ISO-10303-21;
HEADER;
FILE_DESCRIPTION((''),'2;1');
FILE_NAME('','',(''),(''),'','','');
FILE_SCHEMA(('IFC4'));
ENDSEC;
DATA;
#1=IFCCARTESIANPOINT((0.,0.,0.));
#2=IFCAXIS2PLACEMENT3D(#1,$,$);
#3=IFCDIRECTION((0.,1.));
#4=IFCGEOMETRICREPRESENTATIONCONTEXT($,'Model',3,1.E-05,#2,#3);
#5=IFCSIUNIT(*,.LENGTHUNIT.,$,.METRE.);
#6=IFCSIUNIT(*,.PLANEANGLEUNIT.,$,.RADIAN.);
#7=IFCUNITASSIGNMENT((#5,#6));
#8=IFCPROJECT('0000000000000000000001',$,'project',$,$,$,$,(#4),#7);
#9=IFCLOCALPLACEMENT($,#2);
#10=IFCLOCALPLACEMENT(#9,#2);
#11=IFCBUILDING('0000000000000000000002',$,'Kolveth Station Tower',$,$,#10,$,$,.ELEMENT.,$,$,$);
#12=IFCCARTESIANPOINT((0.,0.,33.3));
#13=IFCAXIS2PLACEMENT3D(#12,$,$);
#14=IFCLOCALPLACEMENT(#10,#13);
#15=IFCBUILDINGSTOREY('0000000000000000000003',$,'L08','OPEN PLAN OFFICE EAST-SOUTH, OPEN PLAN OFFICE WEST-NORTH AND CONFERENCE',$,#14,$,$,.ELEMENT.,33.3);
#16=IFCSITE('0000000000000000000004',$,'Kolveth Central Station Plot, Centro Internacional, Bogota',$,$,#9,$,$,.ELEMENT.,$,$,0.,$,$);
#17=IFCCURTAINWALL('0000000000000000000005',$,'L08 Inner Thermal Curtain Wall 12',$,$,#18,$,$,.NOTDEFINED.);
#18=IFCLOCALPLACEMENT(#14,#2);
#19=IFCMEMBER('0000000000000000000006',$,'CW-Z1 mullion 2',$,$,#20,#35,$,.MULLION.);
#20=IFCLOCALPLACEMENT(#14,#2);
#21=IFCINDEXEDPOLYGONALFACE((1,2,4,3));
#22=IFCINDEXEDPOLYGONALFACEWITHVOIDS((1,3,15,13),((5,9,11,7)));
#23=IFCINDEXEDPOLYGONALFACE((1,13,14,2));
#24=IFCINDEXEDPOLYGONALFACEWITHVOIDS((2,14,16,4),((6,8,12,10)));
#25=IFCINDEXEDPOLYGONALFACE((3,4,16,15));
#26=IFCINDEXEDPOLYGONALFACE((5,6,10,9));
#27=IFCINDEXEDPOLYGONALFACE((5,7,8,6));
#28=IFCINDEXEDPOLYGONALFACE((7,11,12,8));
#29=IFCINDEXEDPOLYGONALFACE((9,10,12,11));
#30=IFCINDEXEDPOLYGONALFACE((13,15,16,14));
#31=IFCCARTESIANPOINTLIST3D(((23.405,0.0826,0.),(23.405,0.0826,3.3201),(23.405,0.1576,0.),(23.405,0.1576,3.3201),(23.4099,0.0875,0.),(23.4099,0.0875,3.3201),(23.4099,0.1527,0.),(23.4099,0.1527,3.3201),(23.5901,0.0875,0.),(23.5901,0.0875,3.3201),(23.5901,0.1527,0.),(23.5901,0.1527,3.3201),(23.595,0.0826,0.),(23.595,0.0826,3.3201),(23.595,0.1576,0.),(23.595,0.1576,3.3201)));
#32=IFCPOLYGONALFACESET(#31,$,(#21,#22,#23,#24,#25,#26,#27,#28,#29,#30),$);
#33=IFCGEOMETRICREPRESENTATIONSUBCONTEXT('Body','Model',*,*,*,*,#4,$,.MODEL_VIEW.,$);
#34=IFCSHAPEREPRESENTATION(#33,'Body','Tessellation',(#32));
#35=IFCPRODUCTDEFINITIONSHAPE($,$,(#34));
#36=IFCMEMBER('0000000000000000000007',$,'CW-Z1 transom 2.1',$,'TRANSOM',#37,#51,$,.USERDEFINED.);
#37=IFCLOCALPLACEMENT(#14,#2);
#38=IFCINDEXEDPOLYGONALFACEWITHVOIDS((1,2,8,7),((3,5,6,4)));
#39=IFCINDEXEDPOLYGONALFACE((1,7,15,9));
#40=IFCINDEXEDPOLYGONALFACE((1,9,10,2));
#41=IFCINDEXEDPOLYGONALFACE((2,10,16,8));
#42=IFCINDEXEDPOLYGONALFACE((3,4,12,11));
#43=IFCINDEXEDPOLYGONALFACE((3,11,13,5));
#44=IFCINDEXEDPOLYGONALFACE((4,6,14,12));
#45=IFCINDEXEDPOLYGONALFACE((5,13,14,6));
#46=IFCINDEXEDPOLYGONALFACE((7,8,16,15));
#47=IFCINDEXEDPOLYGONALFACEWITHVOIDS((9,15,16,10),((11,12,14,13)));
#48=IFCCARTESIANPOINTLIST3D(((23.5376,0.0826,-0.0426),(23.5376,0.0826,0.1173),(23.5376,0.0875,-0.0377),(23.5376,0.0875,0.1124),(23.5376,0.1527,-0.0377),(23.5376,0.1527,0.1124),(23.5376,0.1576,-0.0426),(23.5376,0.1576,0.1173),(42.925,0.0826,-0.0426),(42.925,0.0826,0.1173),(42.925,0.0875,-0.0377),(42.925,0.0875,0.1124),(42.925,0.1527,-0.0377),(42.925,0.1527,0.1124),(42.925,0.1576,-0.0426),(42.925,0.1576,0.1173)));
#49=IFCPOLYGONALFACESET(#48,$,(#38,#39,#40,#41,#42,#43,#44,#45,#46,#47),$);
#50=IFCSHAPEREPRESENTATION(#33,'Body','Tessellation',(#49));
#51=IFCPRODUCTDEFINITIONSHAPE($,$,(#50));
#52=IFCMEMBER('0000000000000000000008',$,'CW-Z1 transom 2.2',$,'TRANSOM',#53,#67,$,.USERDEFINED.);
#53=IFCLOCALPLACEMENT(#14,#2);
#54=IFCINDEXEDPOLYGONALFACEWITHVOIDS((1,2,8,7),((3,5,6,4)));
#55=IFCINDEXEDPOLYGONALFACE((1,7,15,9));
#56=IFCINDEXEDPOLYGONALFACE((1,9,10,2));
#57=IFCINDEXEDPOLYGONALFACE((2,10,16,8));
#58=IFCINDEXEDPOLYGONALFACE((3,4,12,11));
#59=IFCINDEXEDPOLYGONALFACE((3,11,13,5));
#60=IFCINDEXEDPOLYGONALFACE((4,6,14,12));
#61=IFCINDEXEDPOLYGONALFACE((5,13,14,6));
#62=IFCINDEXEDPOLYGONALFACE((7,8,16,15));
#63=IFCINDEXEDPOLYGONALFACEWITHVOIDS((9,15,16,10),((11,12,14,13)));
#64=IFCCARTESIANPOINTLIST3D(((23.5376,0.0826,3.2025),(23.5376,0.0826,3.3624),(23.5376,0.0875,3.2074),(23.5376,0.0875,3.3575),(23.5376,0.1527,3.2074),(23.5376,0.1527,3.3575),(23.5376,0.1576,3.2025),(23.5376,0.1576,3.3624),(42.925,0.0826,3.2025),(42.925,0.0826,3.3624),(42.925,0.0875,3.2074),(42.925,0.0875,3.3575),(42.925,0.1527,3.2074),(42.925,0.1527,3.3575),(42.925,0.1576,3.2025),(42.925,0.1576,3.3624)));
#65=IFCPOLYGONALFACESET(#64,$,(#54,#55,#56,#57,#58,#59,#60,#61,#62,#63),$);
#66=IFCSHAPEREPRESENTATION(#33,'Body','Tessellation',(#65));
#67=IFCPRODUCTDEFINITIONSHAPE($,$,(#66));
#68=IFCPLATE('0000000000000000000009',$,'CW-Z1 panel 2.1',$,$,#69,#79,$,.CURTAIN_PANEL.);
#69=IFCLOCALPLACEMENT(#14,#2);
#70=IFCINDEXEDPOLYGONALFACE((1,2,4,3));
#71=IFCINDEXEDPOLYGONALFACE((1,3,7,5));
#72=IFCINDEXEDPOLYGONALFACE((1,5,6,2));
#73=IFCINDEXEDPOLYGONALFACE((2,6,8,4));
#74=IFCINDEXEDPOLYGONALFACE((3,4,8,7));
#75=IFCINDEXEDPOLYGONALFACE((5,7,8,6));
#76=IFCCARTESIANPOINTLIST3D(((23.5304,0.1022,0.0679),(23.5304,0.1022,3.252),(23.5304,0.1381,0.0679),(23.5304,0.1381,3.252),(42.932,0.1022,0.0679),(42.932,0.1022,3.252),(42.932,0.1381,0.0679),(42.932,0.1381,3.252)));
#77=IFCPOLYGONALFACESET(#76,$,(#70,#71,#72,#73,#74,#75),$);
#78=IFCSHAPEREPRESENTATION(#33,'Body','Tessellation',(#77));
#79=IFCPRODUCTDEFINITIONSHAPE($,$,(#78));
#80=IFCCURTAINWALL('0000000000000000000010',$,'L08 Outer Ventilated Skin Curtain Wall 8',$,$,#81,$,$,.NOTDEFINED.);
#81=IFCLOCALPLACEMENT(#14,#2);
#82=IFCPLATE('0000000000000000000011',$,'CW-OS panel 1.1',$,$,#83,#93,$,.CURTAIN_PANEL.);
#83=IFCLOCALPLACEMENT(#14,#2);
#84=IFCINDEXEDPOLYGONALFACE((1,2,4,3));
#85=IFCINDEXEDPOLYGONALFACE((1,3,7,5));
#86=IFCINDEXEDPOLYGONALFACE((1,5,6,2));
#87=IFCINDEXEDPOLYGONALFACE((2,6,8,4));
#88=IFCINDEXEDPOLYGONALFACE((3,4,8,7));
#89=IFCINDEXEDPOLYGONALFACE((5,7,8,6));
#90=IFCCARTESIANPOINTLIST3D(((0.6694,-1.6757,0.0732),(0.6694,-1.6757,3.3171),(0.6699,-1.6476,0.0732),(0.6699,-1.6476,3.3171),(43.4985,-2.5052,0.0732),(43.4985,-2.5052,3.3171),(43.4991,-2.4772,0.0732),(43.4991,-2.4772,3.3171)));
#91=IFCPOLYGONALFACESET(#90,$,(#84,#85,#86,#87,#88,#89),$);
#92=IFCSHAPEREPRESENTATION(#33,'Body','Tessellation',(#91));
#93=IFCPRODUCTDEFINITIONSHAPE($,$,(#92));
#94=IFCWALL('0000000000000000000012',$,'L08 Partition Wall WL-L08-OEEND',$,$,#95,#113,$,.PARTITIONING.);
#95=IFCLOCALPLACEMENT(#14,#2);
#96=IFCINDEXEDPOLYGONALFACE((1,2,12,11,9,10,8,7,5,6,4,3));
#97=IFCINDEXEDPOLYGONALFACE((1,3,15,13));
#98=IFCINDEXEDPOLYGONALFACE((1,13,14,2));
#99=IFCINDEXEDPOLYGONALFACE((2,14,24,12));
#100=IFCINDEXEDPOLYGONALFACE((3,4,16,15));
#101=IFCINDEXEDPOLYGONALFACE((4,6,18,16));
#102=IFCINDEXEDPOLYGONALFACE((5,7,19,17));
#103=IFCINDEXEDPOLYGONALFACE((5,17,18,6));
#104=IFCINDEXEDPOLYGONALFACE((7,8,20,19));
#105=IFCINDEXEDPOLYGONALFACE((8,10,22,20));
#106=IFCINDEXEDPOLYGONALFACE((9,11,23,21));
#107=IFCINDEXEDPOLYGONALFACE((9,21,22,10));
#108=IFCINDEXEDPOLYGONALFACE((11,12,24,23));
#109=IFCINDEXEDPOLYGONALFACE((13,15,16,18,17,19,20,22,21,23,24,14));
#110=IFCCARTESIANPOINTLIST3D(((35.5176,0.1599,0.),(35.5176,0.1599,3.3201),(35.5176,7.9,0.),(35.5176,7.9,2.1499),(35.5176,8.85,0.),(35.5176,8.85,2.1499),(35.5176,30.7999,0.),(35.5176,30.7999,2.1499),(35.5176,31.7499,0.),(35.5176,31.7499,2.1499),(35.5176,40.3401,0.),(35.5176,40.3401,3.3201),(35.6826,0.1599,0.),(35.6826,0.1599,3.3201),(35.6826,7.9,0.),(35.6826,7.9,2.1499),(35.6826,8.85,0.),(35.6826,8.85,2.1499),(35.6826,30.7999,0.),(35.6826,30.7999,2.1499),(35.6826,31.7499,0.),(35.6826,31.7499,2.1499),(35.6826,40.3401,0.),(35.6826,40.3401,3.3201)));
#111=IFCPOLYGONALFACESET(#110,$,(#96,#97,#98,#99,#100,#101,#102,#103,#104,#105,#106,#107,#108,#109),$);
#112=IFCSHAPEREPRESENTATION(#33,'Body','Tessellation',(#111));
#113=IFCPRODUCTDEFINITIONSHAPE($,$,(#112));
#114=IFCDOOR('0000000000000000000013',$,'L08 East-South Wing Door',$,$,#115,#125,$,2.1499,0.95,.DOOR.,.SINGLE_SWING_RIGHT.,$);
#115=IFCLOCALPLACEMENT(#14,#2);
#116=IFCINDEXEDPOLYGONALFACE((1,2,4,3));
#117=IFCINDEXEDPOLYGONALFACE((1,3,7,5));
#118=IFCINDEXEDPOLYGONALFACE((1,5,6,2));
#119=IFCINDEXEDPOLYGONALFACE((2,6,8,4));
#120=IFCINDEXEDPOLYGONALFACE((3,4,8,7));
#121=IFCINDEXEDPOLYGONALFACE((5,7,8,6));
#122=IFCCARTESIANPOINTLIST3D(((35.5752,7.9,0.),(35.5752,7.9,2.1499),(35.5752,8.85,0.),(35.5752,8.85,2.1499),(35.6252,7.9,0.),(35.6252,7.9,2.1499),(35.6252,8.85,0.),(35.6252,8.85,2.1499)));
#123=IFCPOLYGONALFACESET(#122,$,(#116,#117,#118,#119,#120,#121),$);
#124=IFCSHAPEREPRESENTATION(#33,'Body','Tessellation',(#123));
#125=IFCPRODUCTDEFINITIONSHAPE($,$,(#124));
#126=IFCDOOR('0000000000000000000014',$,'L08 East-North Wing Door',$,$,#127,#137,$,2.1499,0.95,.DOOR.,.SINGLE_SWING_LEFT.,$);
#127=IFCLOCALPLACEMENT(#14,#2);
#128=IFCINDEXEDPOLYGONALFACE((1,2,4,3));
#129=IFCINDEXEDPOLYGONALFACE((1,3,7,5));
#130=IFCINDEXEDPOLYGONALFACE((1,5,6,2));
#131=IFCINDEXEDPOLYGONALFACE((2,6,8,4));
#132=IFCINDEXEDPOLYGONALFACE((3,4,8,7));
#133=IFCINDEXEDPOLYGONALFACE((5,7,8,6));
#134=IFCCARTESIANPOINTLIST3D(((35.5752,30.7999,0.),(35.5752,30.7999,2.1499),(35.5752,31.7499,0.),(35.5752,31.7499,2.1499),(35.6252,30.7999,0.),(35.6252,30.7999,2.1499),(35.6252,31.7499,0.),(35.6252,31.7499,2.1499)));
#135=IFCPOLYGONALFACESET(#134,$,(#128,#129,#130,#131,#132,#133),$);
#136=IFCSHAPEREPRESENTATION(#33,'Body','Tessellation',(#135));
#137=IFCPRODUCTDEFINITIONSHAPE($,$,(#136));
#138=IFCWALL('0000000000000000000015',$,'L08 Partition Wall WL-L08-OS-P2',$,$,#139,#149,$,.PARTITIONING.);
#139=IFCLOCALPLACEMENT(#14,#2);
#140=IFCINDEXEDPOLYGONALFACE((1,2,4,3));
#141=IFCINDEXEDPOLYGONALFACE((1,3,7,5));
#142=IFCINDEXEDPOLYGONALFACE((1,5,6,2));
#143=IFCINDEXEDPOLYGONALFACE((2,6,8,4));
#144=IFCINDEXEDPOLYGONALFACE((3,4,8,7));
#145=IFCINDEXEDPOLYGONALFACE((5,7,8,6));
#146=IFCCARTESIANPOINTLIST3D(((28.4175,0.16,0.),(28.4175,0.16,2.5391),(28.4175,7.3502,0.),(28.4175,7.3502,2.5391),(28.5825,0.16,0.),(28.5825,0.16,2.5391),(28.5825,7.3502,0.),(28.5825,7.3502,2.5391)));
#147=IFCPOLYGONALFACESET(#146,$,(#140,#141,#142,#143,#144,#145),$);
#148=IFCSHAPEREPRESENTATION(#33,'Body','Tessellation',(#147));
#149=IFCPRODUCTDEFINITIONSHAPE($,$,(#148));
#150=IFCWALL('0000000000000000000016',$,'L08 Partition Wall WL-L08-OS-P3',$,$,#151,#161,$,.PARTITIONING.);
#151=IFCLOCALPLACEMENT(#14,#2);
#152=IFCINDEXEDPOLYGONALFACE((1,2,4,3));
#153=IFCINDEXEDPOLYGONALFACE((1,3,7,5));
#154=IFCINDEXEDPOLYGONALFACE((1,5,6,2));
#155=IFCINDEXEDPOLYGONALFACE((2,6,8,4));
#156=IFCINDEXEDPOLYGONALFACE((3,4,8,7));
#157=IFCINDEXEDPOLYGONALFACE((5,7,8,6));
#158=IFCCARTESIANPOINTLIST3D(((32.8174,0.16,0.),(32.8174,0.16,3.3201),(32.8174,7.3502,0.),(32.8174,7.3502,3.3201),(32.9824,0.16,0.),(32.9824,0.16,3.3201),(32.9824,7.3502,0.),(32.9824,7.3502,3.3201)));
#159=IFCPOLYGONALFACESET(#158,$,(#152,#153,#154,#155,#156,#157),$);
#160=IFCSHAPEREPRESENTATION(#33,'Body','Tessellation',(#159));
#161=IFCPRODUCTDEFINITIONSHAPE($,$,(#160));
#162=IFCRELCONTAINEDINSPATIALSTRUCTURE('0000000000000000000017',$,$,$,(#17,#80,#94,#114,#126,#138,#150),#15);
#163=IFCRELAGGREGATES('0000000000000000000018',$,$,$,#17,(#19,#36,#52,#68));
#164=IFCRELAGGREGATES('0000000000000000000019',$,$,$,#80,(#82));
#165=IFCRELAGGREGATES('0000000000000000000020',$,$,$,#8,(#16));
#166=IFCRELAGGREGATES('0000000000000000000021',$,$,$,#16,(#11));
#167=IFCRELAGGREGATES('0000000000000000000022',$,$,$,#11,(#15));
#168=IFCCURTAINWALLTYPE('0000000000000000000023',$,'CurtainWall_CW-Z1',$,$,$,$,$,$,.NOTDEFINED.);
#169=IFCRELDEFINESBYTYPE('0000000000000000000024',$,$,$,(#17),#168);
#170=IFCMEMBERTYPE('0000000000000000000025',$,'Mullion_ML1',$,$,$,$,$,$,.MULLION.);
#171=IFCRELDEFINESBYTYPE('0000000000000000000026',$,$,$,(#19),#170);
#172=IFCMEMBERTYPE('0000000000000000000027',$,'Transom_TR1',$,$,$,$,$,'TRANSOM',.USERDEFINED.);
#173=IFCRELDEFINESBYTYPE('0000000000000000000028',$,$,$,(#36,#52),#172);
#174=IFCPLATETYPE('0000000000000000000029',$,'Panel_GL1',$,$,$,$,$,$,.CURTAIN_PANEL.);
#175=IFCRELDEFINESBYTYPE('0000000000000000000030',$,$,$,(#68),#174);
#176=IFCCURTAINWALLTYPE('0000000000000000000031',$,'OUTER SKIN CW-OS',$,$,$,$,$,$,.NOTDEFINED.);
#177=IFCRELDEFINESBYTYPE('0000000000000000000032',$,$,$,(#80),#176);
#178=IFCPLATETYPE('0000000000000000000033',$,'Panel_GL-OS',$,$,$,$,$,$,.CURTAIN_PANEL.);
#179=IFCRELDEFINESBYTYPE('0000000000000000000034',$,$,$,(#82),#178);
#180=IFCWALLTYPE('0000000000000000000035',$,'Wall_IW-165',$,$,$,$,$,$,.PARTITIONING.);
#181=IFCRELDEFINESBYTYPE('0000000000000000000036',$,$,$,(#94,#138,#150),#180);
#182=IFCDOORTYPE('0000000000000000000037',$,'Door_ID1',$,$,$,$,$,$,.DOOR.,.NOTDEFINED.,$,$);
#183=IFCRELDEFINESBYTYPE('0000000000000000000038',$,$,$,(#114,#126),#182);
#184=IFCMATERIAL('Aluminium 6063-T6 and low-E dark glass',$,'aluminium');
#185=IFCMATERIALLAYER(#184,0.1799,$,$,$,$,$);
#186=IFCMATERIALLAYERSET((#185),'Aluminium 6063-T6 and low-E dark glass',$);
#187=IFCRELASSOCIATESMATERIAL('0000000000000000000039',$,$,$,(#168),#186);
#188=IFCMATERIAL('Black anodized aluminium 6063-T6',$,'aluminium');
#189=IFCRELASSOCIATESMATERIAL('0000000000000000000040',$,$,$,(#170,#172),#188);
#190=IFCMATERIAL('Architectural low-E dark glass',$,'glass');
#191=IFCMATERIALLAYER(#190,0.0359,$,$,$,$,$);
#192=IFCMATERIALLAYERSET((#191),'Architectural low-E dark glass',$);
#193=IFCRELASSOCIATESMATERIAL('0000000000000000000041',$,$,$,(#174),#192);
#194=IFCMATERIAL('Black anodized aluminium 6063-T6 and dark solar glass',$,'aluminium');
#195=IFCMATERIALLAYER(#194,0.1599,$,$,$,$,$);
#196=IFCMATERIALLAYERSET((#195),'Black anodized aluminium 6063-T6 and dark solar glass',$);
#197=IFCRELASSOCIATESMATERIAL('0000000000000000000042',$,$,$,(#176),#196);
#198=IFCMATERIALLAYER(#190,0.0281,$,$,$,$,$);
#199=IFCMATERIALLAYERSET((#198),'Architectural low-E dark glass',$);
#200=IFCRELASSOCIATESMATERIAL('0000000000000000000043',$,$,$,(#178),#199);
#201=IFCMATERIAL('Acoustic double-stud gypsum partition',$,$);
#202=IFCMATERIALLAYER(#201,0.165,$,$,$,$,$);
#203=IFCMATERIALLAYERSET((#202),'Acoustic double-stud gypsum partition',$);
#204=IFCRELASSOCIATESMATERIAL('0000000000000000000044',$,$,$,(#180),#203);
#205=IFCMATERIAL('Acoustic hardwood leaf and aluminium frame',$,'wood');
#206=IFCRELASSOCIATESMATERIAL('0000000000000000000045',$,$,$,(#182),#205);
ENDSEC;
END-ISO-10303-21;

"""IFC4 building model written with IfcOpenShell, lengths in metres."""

from ifc_helpers import new_model, si_unit, direction, frame, frame_2d, origin, origin_2d, place, context, subcontext, project, spatial, rectangle, hollow_rectangle, extrude, source, transform, mapped, material, layer, layer_set, material_profile, profile_set, type_object, element, fill, aggregate, save


model = new_model("IFC4")

# Units and contexts
model_context = context("Model", 3, precision=1e-05, world=origin(), true_north=direction((0.0, 1.0)))
body_context = subcontext(model_context, "Body", "Model", "MODEL_VIEW")
ifc_project = project(units=[si_unit("LENGTHUNIT", "METRE"), si_unit("PLANEANGLEUNIT", "RADIAN")], contexts=[model_context])

# Site, building, storey
site_placement = place(None, origin())
site = spatial("IfcSite", under=ifc_project, at=site_placement, Name="Kolveth Central Station Plot, Centro Internacional, Bogota", CompositionType="ELEMENT", RefElevation=0.0)
building_placement = place(site_placement, origin())
building = spatial("IfcBuilding", under=site, at=building_placement, Name="Kolveth Station Tower", CompositionType="ELEMENT")
storey_placement = place(building_placement, frame((0.0, 0.0, 33.3)))
storey = spatial("IfcBuildingStorey", under=building, at=storey_placement, Name="L08", Description="OPEN PLAN OFFICE EAST-SOUTH, OPEN PLAN OFFICE WEST-NORTH AND CONFERENCE", CompositionType="ELEMENT", Elevation=33.3)

# Curtain wall, members, plate
ifc_material_1 = material(Name="Aluminium 6063-T6 and low-E dark glass", Category="aluminium")
ifc_layer_1 = layer(ifc_material_1, 0.1799)
ifc_layer_set_1 = layer_set([ifc_layer_1], Name="Aluminium 6063-T6 and low-E dark glass")
curtain_wall_type_1 = type_object("IfcCurtainWallType", Name="CurtainWall_CW-Z1", PredefinedType="NOTDEFINED", material=ifc_layer_set_1)
curtain_wall_1_placement = place(storey_placement, origin())
curtain_wall_1 = element("IfcCurtainWall", 1, at=curtain_wall_1_placement, inside=storey, type_object=curtain_wall_type_1, Name="L08 Inner Thermal Curtain Wall 12", PredefinedType="NOTDEFINED")
ifc_material_2 = material(Name="Black anodized aluminium 6063-T6", Category="aluminium")
ifc_material_profile_1 = material_profile(ifc_material_2, hollow_rectangle(XDim=0.075, YDim=0.1899, WallThickness=0.0049, at=origin_2d()), Name="ALU-75x190x5")
ifc_profile_set_1 = profile_set([ifc_material_profile_1], Name="Black anodized aluminium 6063-T6")
member_type_1 = type_object("IfcMemberType", Name="Mullion_ML1", PredefinedType="MULLION", material=ifc_profile_set_1)
shared_shape_1 = source(origin(), body_context, "Body", "SweptSolid", [
    extrude(hollow_rectangle(XDim=0.075, YDim=0.1899, WallThickness=0.0049, at=origin_2d()), origin(), (0.0, 0.0, 1.0), 3.3201),
])
member_1_placement = place(storey_placement, frame((23.5, 0.1201, 0.0), z_axis=(0.0, 0.0, 1.0), x_axis=(0.0, 1.0, 0.0)))
member_1 = element("IfcMember", 2, at=member_1_placement, type_object=member_type_1, Name="CW-Z1 mullion 2", PredefinedType="MULLION", context=body_context, shape_type="MappedRepresentation", body=[
    mapped(shared_shape_1, transform((0.0, 0.0, 0.0), x_axis=(1.0, 0.0, 0.0), y_axis=(0.0, 1.0, 0.0), z_axis=(0.0, 0.0, 1.0), scale=1.0)),
])
ifc_material_profile_2 = material_profile(ifc_material_2, hollow_rectangle(XDim=0.075, YDim=0.1599, WallThickness=0.0049, at=origin_2d()), Name="ALU-75x160x5")
ifc_profile_set_2 = profile_set([ifc_material_profile_2], Name="Black anodized aluminium 6063-T6")
member_type_2 = type_object("IfcMemberType", Name="Transom_TR1", ElementType="TRANSOM", PredefinedType="USERDEFINED", material=ifc_profile_set_2)
shared_shape_2 = source(origin(), body_context, "Body", "SweptSolid", [
    extrude(hollow_rectangle(XDim=0.075, YDim=0.1599, WallThickness=0.0049, at=origin_2d()), origin(), (0.0, 0.0, 1.0), 19.3875),
])
member_2_placement = place(storey_placement, frame((23.5376, 0.1201, 0.0374), z_axis=(1.0, 0.0, 0.0), x_axis=(0.0, 1.0, 0.0)))
member_2 = element("IfcMember", 3, at=member_2_placement, type_object=member_type_2, Name="CW-Z1 transom 2.1", ObjectType="TRANSOM", PredefinedType="USERDEFINED", context=body_context, shape_type="MappedRepresentation", body=[
    mapped(shared_shape_2, transform((0.0, 0.0, 0.0), x_axis=(1.0, 0.0, 0.0), y_axis=(0.0, 1.0, 0.0), z_axis=(0.0, 0.0, 1.0), scale=1.0)),
])
member_3_placement = place(storey_placement, frame((23.5376, 0.1201, 3.2825), z_axis=(1.0, 0.0, 0.0), x_axis=(0.0, 1.0, 0.0)))
member_3 = element("IfcMember", 4, at=member_3_placement, type_object=member_type_2, Name="CW-Z1 transom 2.2", ObjectType="TRANSOM", PredefinedType="USERDEFINED", context=body_context, shape_type="MappedRepresentation", body=[
    mapped(shared_shape_2, transform((0.0, 0.0, 0.0), x_axis=(1.0, 0.0, 0.0), y_axis=(0.0, 1.0, 0.0), z_axis=(0.0, 0.0, 1.0), scale=1.0)),
])
ifc_material_3 = material(Name="Architectural low-E dark glass", Category="glass")
ifc_layer_2 = layer(ifc_material_3, 0.0359)
ifc_layer_set_2 = layer_set([ifc_layer_2], Name="Architectural low-E dark glass")
plate_type_1 = type_object("IfcPlateType", Name="Panel_GL1", PredefinedType="CURTAIN_PANEL", material=ifc_layer_set_2)
shared_shape_3 = source(origin(), body_context, "Body", "SweptSolid", [
    extrude(rectangle(XDim=19.4016, YDim=0.0359, at=origin_2d()), origin(), (0.0, 0.0, 1.0), 3.1841),
])
plate_1_placement = place(storey_placement, frame((33.2312, 0.1201, 0.0679), z_axis=(0.0, 0.0, 1.0), x_axis=(1.0, 0.0, 0.0)))
plate_1 = element("IfcPlate", 5, at=plate_1_placement, type_object=plate_type_1, Name="CW-Z1 panel 2.1", PredefinedType="CURTAIN_PANEL", context=body_context, shape_type="MappedRepresentation", body=[
    mapped(shared_shape_3, transform((0.0, 0.0, 0.0), x_axis=(1.0, 0.0, 0.0), y_axis=(0.0, 1.0, 0.0), z_axis=(0.0, 0.0, 1.0), scale=1.0)),
])
aggregate(curtain_wall_1, [member_1, member_2, member_3, plate_1])

# Curtain wall, plate
ifc_material_4 = material(Name="Black anodized aluminium 6063-T6 and dark solar glass", Category="aluminium")
ifc_layer_3 = layer(ifc_material_4, 0.1599)
ifc_layer_set_3 = layer_set([ifc_layer_3], Name="Black anodized aluminium 6063-T6 and dark solar glass")
curtain_wall_type_2 = type_object("IfcCurtainWallType", Name="OUTER SKIN CW-OS", PredefinedType="NOTDEFINED", material=ifc_layer_set_3)
curtain_wall_2_placement = place(storey_placement, origin())
curtain_wall_2 = element("IfcCurtainWall", 6, at=curtain_wall_2_placement, inside=storey, type_object=curtain_wall_type_2, Name="L08 Outer Ventilated Skin Curtain Wall 8", PredefinedType="NOTDEFINED")
ifc_layer_4 = layer(ifc_material_3, 0.0281)
ifc_layer_set_4 = layer_set([ifc_layer_4], Name="Architectural low-E dark glass")
plate_type_2 = type_object("IfcPlateType", Name="Panel_GL-OS", PredefinedType="CURTAIN_PANEL", material=ifc_layer_set_4)
shared_shape_4 = source(origin(), body_context, "Body", "SweptSolid", [
    extrude(rectangle(XDim=42.8372, YDim=0.0281, at=origin_2d()), origin(), (0.0, 0.0, 1.0), 3.2439),
])
plate_2_placement = place(storey_placement, frame((22.0842, -2.0764, 0.0732), z_axis=(0.0, 0.0, 1.0), x_axis=(0.999812, -0.019366, 0.0)))
plate_2 = element("IfcPlate", 7, at=plate_2_placement, type_object=plate_type_2, Name="CW-OS panel 1.1", PredefinedType="CURTAIN_PANEL", context=body_context, shape_type="MappedRepresentation", body=[
    mapped(shared_shape_4, transform((0.0, 0.0, 0.0), x_axis=(1.0, 0.0, 0.0), y_axis=(0.0, 1.0, 0.0), z_axis=(0.0, 0.0, 1.0), scale=1.0)),
])
aggregate(curtain_wall_2, [plate_2])

# Wall, openings, doors
ifc_material_5 = material(Name="Acoustic double-stud gypsum partition")
ifc_layer_5 = layer(ifc_material_5, 0.165)
ifc_layer_set_5 = layer_set([ifc_layer_5], Name="Acoustic double-stud gypsum partition")
wall_type = type_object("IfcWallType", Name="Wall_IW-165", PredefinedType="PARTITIONING", material=ifc_layer_set_5)
wall_1_placement = place(storey_placement, frame((35.6001, 0.1599, 0.0), z_axis=(0.0, 0.0, 1.0), x_axis=(0.0, 1.0, 0.0)))
wall_1 = element("IfcWall", 8, at=wall_1_placement, inside=storey, type_object=wall_type, Name="L08 Partition Wall WL-L08-OEEND", PredefinedType="PARTITIONING", context=body_context, shape_type="SweptSolid", body=[
    extrude(rectangle(XDim=40.1802, YDim=0.165, at=frame_2d((20.0901, 0.0))), origin(), (0.0, 0.0, 1.0), 3.3201),
])
opening_1_placement = place(wall_1_placement, frame((7.74, 0.0, 0.0)))
opening_1 = element("IfcOpeningElement", 9, at=opening_1_placement, cuts=wall_1, PredefinedType="OPENING", context=body_context, shape_type="SweptSolid", body=[
    extrude(rectangle(XDim=0.95, YDim=2.1499, at=frame_2d((0.4751, 1.075))), frame((0.0, 0.0925, 0.0), z_axis=(0.0, -1.0, 0.0), x_axis=(1.0, 0.0, 0.0)), (0.0, 0.0, 1.0), 0.1851),
])
opening_2_placement = place(wall_1_placement, frame((30.6399, 0.0, 0.0)))
opening_2 = element("IfcOpeningElement", 10, at=opening_2_placement, cuts=wall_1, PredefinedType="OPENING", context=body_context, shape_type="SweptSolid", body=[
    extrude(rectangle(XDim=0.95, YDim=2.1499, at=frame_2d((0.4751, 1.075))), frame((0.0, 0.0925, 0.0), z_axis=(0.0, -1.0, 0.0), x_axis=(1.0, 0.0, 0.0)), (0.0, 0.0, 1.0), 0.1851),
])
ifc_material_6 = material(Name="Acoustic hardwood leaf and aluminium frame", Category="wood")
door_type = type_object("IfcDoorType", Name="Door_ID1", OperationType="NOTDEFINED", PredefinedType="DOOR", material=ifc_material_6)
door_1_placement = place(opening_1_placement, origin())
door_1 = element("IfcDoor", 11, at=door_1_placement, inside=storey, type_object=door_type, Name="L08 East-South Wing Door", OperationType="SINGLE_SWING_RIGHT", OverallHeight=2.1499, OverallWidth=0.95, PredefinedType="DOOR", context=body_context, shape_type="SweptSolid", body=[
    extrude(rectangle(XDim=0.95, YDim=2.1499, at=frame_2d((0.4751, 1.075))), frame((0.0, 0.0249, 0.0), z_axis=(0.0, -1.0, 0.0), x_axis=(1.0, 0.0, 0.0)), (0.0, 0.0, 1.0), 0.05),
])
fill(opening_1, door_1)
door_2_placement = place(opening_2_placement, origin())
door_2 = element("IfcDoor", 12, at=door_2_placement, inside=storey, type_object=door_type, Name="L08 East-North Wing Door", OperationType="SINGLE_SWING_LEFT", OverallHeight=2.1499, OverallWidth=0.95, PredefinedType="DOOR", context=body_context, shape_type="SweptSolid", body=[
    extrude(rectangle(XDim=0.95, YDim=2.1499, at=frame_2d((0.4751, 1.075))), frame((0.0, 0.0249, 0.0), z_axis=(0.0, -1.0, 0.0), x_axis=(1.0, 0.0, 0.0)), (0.0, 0.0, 1.0), 0.05),
])
fill(opening_2, door_2)

# Walls
wall_2_placement = place(storey_placement, frame((28.5, 0.1599, 0.0), z_axis=(0.0, 0.0, 1.0), x_axis=(0.0, 1.0, 0.0)))
element("IfcWall", 13, at=wall_2_placement, inside=storey, type_object=wall_type, Name="L08 Partition Wall WL-L08-OS-P2", PredefinedType="PARTITIONING", context=body_context, shape_type="SweptSolid", body=[
    extrude(rectangle(XDim=7.1902, YDim=0.165, at=frame_2d((3.5952, 0.0))), origin(), (0.0, 0.0, 1.0), 2.5391),
])
wall_3_placement = place(storey_placement, frame((32.8999, 0.1599, 0.0), z_axis=(0.0, 0.0, 1.0), x_axis=(0.0, 1.0, 0.0)))
element("IfcWall", 14, at=wall_3_placement, inside=storey, type_object=wall_type, Name="L08 Partition Wall WL-L08-OS-P3", PredefinedType="PARTITIONING", context=body_context, shape_type="SweptSolid", body=[
    extrude(rectangle(XDim=7.1902, YDim=0.165, at=frame_2d((3.5952, 0.0))), origin(), (0.0, 0.0, 1.0), 3.3201),
])

save(model, "model.ifc")
